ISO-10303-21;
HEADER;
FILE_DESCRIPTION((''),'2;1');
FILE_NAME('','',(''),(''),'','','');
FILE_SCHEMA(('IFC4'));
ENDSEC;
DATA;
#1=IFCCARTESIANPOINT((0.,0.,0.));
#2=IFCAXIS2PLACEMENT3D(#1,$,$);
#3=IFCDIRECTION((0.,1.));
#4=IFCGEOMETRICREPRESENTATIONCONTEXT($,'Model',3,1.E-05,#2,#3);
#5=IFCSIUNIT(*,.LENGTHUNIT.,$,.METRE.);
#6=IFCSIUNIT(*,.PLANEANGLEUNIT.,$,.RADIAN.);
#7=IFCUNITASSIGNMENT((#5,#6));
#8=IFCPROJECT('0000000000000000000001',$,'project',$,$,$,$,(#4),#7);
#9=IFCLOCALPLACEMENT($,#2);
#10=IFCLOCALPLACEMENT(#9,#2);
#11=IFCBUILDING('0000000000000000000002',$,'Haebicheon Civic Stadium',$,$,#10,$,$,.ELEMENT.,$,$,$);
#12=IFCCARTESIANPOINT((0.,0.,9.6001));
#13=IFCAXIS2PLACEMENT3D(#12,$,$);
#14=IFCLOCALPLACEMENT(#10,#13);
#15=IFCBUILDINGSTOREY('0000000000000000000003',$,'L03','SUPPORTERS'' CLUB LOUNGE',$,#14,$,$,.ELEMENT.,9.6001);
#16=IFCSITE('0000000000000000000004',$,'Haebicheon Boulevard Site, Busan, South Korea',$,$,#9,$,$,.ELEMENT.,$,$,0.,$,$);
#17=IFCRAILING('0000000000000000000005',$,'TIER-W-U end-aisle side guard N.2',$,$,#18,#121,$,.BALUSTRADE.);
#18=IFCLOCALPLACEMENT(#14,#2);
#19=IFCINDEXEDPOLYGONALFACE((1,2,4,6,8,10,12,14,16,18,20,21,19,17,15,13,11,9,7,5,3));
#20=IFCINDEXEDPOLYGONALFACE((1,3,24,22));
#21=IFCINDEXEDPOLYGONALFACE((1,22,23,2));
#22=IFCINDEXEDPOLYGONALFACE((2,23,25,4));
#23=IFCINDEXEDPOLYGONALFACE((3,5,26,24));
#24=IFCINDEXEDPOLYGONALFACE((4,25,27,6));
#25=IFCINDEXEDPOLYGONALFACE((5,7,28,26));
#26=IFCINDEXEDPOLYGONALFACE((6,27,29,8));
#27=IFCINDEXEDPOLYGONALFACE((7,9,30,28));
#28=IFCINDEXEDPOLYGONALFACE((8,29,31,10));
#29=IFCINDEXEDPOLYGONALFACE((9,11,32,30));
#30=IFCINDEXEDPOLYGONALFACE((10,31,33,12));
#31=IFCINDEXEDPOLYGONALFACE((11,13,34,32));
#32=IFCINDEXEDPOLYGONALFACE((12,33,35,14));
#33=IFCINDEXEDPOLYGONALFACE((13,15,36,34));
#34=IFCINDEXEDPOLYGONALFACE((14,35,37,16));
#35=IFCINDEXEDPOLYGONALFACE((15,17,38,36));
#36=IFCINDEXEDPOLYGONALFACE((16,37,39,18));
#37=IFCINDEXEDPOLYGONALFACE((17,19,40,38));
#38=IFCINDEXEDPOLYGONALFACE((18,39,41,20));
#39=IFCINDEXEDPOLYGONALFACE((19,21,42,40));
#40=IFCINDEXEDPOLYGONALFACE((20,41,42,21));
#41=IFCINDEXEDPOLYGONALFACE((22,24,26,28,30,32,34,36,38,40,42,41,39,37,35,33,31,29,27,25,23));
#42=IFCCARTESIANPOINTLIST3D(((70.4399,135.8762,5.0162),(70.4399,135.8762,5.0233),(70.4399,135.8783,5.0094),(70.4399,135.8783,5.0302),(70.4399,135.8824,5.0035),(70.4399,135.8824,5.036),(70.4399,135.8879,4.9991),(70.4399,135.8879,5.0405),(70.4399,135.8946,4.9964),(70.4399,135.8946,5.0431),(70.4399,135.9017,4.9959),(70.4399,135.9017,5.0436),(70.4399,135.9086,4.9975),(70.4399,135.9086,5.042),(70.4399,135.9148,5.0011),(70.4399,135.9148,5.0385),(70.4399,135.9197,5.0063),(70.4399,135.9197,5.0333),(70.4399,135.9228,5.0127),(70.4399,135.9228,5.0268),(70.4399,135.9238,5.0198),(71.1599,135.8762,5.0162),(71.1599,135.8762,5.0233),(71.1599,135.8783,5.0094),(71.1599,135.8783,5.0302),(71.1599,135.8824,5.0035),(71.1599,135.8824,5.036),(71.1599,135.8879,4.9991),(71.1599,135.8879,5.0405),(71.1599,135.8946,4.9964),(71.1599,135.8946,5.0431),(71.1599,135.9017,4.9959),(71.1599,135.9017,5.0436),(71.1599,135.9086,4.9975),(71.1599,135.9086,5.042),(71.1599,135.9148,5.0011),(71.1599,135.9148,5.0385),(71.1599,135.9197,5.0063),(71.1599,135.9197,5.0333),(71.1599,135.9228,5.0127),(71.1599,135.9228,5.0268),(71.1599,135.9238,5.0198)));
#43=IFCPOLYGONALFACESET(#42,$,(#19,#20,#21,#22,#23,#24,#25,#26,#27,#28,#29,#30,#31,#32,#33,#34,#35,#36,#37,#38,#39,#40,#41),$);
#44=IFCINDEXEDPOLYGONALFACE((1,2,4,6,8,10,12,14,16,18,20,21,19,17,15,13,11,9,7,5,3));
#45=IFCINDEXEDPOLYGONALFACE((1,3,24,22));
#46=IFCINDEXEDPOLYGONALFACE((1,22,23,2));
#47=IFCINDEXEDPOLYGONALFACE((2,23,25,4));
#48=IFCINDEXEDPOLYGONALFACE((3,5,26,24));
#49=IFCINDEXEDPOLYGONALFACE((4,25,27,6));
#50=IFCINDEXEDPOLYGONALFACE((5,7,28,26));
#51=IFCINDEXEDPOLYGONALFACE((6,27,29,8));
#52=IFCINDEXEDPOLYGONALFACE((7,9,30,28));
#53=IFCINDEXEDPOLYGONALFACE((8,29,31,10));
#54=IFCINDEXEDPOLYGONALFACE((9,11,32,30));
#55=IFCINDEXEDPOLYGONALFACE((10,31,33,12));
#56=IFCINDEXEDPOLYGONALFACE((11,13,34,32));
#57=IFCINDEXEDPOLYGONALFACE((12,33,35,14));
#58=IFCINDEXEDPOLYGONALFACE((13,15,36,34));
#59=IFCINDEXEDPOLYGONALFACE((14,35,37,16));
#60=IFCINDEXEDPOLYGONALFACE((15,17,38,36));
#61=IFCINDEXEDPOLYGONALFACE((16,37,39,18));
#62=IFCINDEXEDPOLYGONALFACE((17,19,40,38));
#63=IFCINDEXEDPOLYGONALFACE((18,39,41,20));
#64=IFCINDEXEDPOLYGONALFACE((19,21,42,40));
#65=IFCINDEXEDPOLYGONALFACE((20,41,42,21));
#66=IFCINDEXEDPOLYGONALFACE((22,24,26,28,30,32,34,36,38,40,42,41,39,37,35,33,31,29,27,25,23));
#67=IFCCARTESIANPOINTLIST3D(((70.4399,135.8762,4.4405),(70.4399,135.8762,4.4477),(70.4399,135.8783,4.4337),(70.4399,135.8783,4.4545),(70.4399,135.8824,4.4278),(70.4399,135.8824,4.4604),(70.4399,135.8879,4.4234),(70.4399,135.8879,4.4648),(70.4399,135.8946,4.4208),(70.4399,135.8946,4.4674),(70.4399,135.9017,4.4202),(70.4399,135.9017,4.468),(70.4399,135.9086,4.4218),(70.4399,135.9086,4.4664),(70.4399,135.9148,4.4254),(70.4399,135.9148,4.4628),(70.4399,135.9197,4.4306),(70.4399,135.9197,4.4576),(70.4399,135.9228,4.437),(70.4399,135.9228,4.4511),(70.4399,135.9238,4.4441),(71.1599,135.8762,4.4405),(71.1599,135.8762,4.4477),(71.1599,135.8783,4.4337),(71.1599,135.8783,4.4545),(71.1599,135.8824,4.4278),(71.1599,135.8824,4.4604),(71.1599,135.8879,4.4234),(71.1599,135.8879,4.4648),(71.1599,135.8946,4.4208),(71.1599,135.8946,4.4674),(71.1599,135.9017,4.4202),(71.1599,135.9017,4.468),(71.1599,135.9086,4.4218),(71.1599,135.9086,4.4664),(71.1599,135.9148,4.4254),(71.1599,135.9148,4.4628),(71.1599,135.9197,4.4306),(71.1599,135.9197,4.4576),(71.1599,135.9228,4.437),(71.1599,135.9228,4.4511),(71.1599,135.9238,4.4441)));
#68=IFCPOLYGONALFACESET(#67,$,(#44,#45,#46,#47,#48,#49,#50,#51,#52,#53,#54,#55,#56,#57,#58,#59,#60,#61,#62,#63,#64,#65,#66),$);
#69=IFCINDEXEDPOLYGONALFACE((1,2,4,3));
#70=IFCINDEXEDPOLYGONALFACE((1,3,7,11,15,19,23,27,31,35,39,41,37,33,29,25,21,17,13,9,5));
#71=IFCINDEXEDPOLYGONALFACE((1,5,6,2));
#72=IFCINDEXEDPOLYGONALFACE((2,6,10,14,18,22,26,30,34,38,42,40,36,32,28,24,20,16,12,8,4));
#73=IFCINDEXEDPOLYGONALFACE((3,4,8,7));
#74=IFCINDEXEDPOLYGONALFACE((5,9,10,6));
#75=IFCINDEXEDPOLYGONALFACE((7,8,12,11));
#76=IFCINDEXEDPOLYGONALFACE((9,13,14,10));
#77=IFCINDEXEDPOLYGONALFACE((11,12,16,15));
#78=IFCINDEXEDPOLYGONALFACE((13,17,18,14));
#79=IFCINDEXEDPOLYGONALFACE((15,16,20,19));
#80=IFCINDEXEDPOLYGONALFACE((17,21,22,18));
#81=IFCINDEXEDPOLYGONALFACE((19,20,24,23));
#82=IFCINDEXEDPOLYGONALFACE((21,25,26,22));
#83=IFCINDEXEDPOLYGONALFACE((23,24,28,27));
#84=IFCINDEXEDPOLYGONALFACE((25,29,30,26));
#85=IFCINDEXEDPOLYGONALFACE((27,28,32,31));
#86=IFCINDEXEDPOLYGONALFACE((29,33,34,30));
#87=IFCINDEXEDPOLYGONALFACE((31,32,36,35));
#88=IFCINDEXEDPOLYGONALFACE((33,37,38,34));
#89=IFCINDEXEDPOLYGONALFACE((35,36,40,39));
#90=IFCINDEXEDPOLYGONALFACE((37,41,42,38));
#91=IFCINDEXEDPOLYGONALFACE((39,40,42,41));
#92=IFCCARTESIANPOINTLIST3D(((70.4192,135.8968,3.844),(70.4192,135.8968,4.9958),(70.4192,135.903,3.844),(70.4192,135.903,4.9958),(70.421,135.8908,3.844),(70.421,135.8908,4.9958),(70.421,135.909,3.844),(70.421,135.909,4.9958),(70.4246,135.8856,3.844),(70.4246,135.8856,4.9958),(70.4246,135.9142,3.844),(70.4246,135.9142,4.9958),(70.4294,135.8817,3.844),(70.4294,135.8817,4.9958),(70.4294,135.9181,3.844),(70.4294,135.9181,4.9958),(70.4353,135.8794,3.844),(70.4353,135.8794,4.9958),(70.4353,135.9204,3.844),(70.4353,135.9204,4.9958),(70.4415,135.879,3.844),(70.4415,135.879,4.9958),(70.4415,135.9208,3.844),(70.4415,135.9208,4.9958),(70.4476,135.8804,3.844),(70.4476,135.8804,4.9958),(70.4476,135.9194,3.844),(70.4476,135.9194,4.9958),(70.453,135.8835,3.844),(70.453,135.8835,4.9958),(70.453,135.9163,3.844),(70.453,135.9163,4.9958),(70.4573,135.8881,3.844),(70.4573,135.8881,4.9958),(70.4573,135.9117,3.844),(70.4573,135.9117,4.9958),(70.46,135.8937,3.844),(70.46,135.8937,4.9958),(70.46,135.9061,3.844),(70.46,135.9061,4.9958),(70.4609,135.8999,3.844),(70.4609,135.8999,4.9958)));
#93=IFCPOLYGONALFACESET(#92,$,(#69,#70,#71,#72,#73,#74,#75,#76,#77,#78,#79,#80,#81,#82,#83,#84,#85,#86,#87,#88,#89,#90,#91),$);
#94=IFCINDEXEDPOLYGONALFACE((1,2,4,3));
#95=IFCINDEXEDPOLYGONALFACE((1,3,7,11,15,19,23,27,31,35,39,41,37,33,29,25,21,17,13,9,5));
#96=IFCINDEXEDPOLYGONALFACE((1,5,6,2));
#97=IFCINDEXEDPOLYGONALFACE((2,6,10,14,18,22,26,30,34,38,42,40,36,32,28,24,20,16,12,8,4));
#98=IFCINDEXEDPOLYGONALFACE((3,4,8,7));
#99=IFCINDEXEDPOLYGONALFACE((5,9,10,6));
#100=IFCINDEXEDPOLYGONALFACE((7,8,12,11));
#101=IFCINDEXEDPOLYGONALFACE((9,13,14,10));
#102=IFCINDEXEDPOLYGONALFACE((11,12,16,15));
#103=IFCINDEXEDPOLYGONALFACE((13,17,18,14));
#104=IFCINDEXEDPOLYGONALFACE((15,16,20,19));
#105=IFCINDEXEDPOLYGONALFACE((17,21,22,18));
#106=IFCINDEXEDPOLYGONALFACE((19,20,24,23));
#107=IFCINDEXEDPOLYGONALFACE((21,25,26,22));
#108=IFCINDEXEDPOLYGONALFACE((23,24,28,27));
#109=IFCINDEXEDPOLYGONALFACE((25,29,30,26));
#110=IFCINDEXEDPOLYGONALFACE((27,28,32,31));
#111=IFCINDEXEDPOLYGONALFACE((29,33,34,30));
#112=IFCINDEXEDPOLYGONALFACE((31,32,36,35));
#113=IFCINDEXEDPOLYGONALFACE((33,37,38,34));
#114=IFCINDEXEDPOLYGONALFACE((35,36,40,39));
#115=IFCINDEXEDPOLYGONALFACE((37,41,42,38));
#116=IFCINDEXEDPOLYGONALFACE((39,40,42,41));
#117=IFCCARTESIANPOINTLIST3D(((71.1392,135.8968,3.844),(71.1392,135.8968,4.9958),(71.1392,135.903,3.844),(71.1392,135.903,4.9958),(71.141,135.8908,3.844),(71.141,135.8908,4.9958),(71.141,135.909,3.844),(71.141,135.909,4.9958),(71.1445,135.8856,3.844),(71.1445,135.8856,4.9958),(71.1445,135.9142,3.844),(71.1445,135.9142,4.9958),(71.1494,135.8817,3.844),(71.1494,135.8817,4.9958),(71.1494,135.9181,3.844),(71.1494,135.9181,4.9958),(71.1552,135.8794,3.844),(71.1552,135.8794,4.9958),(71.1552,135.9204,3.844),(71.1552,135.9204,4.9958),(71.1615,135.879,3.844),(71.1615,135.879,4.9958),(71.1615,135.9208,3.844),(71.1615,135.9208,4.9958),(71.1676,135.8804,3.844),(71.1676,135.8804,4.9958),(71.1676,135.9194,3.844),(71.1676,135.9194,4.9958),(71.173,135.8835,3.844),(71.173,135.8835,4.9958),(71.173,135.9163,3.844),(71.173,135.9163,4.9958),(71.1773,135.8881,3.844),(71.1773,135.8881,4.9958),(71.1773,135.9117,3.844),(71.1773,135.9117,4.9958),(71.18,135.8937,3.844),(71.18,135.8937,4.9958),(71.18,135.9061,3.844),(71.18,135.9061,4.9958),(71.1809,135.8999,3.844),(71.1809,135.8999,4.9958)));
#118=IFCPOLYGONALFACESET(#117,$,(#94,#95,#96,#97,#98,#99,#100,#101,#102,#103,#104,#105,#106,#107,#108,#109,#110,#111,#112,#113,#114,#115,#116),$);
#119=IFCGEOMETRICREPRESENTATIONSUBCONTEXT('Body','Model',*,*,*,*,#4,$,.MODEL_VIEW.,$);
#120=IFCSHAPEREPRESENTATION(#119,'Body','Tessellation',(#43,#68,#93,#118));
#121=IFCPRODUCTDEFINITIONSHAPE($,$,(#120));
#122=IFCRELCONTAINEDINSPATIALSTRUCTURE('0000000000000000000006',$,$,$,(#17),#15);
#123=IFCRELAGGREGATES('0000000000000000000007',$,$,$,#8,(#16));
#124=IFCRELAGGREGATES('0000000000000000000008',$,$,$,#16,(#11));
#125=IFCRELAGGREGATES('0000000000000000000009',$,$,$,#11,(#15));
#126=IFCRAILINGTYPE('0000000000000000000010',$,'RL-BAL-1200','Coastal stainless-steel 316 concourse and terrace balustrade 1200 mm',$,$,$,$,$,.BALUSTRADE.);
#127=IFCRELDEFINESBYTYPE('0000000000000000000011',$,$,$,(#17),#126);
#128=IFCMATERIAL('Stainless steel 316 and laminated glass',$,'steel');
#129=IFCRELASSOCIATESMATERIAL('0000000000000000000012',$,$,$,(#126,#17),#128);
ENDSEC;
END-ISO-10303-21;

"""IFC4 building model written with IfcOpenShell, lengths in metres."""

from ifc_helpers import new_model, si_unit, direction, frame, origin, origin_2d, place, context, subcontext, project, spatial, circle, extrude, material, type_object, element, save


model = new_model("IFC4")

# Units and contexts
model_context = context("Model", 3, precision=1e-05, world=origin(), true_north=direction((0.0, 1.0)))
body_context = subcontext(model_context, "Body", "Model", "MODEL_VIEW")
ifc_project = project(units=[si_unit("LENGTHUNIT", "METRE"), si_unit("PLANEANGLEUNIT", "RADIAN")], contexts=[model_context])

# Site, building, storey
site_placement = place(None, origin())
site = spatial("IfcSite", under=ifc_project, at=site_placement, Name="Haebicheon Boulevard Site, Busan, South Korea", CompositionType="ELEMENT", RefElevation=0.0)
building_placement = place(site_placement, origin())
building = spatial("IfcBuilding", under=site, at=building_placement, Name="Haebicheon Civic Stadium", CompositionType="ELEMENT")
storey_placement = place(building_placement, frame((0.0, 0.0, 9.6001)))
storey = spatial("IfcBuildingStorey", under=building, at=storey_placement, Name="L03", Description="SUPPORTERS' CLUB LOUNGE", CompositionType="ELEMENT", Elevation=9.6001)

# Railing
ifc_material_1 = material(Name="Stainless steel 316 and laminated glass", Category="steel")
railing_type = type_object("IfcRailingType", Name="RL-BAL-1200", Description="Coastal stainless-steel 316 concourse and terrace balustrade 1200 mm", PredefinedType="BALUSTRADE", material=ifc_material_1)
for number, where, name in (
    (1, (70.4399, 135.8999, 3.844), "TIER-W-U end-aisle side guard N.2"),
):
    element("IfcRailing", number, at=place(storey_placement, frame(where)), inside=storey, type_object=railing_type, material=ifc_material_1, Name=name, PredefinedType="BALUSTRADE", context=body_context, shape_type="SweptSolid", body=[
        extrude(circle(Radius=0.0239, at=origin_2d()), frame((0.0, 0.0, 1.1758), z_axis=(1.0, 0.0, 0.0), x_axis=(0.0, 1.0, 0.0)), (0.0, 0.0, 1.0), 0.72),
        extrude(circle(Radius=0.0239, at=origin_2d()), frame((0.0, 0.0, 0.6001), z_axis=(1.0, 0.0, 0.0), x_axis=(0.0, 1.0, 0.0)), (0.0, 0.0, 1.0), 0.72),
        extrude(circle(Radius=0.021, at=origin_2d()), origin(), (0.0, 0.0, 1.0), 1.1519),
        extrude(circle(Radius=0.021, at=origin_2d()), frame((0.72, 0.0, 0.0)), (0.0, 0.0, 1.0), 1.1519),
    ])

save(model, "model.ifc")
